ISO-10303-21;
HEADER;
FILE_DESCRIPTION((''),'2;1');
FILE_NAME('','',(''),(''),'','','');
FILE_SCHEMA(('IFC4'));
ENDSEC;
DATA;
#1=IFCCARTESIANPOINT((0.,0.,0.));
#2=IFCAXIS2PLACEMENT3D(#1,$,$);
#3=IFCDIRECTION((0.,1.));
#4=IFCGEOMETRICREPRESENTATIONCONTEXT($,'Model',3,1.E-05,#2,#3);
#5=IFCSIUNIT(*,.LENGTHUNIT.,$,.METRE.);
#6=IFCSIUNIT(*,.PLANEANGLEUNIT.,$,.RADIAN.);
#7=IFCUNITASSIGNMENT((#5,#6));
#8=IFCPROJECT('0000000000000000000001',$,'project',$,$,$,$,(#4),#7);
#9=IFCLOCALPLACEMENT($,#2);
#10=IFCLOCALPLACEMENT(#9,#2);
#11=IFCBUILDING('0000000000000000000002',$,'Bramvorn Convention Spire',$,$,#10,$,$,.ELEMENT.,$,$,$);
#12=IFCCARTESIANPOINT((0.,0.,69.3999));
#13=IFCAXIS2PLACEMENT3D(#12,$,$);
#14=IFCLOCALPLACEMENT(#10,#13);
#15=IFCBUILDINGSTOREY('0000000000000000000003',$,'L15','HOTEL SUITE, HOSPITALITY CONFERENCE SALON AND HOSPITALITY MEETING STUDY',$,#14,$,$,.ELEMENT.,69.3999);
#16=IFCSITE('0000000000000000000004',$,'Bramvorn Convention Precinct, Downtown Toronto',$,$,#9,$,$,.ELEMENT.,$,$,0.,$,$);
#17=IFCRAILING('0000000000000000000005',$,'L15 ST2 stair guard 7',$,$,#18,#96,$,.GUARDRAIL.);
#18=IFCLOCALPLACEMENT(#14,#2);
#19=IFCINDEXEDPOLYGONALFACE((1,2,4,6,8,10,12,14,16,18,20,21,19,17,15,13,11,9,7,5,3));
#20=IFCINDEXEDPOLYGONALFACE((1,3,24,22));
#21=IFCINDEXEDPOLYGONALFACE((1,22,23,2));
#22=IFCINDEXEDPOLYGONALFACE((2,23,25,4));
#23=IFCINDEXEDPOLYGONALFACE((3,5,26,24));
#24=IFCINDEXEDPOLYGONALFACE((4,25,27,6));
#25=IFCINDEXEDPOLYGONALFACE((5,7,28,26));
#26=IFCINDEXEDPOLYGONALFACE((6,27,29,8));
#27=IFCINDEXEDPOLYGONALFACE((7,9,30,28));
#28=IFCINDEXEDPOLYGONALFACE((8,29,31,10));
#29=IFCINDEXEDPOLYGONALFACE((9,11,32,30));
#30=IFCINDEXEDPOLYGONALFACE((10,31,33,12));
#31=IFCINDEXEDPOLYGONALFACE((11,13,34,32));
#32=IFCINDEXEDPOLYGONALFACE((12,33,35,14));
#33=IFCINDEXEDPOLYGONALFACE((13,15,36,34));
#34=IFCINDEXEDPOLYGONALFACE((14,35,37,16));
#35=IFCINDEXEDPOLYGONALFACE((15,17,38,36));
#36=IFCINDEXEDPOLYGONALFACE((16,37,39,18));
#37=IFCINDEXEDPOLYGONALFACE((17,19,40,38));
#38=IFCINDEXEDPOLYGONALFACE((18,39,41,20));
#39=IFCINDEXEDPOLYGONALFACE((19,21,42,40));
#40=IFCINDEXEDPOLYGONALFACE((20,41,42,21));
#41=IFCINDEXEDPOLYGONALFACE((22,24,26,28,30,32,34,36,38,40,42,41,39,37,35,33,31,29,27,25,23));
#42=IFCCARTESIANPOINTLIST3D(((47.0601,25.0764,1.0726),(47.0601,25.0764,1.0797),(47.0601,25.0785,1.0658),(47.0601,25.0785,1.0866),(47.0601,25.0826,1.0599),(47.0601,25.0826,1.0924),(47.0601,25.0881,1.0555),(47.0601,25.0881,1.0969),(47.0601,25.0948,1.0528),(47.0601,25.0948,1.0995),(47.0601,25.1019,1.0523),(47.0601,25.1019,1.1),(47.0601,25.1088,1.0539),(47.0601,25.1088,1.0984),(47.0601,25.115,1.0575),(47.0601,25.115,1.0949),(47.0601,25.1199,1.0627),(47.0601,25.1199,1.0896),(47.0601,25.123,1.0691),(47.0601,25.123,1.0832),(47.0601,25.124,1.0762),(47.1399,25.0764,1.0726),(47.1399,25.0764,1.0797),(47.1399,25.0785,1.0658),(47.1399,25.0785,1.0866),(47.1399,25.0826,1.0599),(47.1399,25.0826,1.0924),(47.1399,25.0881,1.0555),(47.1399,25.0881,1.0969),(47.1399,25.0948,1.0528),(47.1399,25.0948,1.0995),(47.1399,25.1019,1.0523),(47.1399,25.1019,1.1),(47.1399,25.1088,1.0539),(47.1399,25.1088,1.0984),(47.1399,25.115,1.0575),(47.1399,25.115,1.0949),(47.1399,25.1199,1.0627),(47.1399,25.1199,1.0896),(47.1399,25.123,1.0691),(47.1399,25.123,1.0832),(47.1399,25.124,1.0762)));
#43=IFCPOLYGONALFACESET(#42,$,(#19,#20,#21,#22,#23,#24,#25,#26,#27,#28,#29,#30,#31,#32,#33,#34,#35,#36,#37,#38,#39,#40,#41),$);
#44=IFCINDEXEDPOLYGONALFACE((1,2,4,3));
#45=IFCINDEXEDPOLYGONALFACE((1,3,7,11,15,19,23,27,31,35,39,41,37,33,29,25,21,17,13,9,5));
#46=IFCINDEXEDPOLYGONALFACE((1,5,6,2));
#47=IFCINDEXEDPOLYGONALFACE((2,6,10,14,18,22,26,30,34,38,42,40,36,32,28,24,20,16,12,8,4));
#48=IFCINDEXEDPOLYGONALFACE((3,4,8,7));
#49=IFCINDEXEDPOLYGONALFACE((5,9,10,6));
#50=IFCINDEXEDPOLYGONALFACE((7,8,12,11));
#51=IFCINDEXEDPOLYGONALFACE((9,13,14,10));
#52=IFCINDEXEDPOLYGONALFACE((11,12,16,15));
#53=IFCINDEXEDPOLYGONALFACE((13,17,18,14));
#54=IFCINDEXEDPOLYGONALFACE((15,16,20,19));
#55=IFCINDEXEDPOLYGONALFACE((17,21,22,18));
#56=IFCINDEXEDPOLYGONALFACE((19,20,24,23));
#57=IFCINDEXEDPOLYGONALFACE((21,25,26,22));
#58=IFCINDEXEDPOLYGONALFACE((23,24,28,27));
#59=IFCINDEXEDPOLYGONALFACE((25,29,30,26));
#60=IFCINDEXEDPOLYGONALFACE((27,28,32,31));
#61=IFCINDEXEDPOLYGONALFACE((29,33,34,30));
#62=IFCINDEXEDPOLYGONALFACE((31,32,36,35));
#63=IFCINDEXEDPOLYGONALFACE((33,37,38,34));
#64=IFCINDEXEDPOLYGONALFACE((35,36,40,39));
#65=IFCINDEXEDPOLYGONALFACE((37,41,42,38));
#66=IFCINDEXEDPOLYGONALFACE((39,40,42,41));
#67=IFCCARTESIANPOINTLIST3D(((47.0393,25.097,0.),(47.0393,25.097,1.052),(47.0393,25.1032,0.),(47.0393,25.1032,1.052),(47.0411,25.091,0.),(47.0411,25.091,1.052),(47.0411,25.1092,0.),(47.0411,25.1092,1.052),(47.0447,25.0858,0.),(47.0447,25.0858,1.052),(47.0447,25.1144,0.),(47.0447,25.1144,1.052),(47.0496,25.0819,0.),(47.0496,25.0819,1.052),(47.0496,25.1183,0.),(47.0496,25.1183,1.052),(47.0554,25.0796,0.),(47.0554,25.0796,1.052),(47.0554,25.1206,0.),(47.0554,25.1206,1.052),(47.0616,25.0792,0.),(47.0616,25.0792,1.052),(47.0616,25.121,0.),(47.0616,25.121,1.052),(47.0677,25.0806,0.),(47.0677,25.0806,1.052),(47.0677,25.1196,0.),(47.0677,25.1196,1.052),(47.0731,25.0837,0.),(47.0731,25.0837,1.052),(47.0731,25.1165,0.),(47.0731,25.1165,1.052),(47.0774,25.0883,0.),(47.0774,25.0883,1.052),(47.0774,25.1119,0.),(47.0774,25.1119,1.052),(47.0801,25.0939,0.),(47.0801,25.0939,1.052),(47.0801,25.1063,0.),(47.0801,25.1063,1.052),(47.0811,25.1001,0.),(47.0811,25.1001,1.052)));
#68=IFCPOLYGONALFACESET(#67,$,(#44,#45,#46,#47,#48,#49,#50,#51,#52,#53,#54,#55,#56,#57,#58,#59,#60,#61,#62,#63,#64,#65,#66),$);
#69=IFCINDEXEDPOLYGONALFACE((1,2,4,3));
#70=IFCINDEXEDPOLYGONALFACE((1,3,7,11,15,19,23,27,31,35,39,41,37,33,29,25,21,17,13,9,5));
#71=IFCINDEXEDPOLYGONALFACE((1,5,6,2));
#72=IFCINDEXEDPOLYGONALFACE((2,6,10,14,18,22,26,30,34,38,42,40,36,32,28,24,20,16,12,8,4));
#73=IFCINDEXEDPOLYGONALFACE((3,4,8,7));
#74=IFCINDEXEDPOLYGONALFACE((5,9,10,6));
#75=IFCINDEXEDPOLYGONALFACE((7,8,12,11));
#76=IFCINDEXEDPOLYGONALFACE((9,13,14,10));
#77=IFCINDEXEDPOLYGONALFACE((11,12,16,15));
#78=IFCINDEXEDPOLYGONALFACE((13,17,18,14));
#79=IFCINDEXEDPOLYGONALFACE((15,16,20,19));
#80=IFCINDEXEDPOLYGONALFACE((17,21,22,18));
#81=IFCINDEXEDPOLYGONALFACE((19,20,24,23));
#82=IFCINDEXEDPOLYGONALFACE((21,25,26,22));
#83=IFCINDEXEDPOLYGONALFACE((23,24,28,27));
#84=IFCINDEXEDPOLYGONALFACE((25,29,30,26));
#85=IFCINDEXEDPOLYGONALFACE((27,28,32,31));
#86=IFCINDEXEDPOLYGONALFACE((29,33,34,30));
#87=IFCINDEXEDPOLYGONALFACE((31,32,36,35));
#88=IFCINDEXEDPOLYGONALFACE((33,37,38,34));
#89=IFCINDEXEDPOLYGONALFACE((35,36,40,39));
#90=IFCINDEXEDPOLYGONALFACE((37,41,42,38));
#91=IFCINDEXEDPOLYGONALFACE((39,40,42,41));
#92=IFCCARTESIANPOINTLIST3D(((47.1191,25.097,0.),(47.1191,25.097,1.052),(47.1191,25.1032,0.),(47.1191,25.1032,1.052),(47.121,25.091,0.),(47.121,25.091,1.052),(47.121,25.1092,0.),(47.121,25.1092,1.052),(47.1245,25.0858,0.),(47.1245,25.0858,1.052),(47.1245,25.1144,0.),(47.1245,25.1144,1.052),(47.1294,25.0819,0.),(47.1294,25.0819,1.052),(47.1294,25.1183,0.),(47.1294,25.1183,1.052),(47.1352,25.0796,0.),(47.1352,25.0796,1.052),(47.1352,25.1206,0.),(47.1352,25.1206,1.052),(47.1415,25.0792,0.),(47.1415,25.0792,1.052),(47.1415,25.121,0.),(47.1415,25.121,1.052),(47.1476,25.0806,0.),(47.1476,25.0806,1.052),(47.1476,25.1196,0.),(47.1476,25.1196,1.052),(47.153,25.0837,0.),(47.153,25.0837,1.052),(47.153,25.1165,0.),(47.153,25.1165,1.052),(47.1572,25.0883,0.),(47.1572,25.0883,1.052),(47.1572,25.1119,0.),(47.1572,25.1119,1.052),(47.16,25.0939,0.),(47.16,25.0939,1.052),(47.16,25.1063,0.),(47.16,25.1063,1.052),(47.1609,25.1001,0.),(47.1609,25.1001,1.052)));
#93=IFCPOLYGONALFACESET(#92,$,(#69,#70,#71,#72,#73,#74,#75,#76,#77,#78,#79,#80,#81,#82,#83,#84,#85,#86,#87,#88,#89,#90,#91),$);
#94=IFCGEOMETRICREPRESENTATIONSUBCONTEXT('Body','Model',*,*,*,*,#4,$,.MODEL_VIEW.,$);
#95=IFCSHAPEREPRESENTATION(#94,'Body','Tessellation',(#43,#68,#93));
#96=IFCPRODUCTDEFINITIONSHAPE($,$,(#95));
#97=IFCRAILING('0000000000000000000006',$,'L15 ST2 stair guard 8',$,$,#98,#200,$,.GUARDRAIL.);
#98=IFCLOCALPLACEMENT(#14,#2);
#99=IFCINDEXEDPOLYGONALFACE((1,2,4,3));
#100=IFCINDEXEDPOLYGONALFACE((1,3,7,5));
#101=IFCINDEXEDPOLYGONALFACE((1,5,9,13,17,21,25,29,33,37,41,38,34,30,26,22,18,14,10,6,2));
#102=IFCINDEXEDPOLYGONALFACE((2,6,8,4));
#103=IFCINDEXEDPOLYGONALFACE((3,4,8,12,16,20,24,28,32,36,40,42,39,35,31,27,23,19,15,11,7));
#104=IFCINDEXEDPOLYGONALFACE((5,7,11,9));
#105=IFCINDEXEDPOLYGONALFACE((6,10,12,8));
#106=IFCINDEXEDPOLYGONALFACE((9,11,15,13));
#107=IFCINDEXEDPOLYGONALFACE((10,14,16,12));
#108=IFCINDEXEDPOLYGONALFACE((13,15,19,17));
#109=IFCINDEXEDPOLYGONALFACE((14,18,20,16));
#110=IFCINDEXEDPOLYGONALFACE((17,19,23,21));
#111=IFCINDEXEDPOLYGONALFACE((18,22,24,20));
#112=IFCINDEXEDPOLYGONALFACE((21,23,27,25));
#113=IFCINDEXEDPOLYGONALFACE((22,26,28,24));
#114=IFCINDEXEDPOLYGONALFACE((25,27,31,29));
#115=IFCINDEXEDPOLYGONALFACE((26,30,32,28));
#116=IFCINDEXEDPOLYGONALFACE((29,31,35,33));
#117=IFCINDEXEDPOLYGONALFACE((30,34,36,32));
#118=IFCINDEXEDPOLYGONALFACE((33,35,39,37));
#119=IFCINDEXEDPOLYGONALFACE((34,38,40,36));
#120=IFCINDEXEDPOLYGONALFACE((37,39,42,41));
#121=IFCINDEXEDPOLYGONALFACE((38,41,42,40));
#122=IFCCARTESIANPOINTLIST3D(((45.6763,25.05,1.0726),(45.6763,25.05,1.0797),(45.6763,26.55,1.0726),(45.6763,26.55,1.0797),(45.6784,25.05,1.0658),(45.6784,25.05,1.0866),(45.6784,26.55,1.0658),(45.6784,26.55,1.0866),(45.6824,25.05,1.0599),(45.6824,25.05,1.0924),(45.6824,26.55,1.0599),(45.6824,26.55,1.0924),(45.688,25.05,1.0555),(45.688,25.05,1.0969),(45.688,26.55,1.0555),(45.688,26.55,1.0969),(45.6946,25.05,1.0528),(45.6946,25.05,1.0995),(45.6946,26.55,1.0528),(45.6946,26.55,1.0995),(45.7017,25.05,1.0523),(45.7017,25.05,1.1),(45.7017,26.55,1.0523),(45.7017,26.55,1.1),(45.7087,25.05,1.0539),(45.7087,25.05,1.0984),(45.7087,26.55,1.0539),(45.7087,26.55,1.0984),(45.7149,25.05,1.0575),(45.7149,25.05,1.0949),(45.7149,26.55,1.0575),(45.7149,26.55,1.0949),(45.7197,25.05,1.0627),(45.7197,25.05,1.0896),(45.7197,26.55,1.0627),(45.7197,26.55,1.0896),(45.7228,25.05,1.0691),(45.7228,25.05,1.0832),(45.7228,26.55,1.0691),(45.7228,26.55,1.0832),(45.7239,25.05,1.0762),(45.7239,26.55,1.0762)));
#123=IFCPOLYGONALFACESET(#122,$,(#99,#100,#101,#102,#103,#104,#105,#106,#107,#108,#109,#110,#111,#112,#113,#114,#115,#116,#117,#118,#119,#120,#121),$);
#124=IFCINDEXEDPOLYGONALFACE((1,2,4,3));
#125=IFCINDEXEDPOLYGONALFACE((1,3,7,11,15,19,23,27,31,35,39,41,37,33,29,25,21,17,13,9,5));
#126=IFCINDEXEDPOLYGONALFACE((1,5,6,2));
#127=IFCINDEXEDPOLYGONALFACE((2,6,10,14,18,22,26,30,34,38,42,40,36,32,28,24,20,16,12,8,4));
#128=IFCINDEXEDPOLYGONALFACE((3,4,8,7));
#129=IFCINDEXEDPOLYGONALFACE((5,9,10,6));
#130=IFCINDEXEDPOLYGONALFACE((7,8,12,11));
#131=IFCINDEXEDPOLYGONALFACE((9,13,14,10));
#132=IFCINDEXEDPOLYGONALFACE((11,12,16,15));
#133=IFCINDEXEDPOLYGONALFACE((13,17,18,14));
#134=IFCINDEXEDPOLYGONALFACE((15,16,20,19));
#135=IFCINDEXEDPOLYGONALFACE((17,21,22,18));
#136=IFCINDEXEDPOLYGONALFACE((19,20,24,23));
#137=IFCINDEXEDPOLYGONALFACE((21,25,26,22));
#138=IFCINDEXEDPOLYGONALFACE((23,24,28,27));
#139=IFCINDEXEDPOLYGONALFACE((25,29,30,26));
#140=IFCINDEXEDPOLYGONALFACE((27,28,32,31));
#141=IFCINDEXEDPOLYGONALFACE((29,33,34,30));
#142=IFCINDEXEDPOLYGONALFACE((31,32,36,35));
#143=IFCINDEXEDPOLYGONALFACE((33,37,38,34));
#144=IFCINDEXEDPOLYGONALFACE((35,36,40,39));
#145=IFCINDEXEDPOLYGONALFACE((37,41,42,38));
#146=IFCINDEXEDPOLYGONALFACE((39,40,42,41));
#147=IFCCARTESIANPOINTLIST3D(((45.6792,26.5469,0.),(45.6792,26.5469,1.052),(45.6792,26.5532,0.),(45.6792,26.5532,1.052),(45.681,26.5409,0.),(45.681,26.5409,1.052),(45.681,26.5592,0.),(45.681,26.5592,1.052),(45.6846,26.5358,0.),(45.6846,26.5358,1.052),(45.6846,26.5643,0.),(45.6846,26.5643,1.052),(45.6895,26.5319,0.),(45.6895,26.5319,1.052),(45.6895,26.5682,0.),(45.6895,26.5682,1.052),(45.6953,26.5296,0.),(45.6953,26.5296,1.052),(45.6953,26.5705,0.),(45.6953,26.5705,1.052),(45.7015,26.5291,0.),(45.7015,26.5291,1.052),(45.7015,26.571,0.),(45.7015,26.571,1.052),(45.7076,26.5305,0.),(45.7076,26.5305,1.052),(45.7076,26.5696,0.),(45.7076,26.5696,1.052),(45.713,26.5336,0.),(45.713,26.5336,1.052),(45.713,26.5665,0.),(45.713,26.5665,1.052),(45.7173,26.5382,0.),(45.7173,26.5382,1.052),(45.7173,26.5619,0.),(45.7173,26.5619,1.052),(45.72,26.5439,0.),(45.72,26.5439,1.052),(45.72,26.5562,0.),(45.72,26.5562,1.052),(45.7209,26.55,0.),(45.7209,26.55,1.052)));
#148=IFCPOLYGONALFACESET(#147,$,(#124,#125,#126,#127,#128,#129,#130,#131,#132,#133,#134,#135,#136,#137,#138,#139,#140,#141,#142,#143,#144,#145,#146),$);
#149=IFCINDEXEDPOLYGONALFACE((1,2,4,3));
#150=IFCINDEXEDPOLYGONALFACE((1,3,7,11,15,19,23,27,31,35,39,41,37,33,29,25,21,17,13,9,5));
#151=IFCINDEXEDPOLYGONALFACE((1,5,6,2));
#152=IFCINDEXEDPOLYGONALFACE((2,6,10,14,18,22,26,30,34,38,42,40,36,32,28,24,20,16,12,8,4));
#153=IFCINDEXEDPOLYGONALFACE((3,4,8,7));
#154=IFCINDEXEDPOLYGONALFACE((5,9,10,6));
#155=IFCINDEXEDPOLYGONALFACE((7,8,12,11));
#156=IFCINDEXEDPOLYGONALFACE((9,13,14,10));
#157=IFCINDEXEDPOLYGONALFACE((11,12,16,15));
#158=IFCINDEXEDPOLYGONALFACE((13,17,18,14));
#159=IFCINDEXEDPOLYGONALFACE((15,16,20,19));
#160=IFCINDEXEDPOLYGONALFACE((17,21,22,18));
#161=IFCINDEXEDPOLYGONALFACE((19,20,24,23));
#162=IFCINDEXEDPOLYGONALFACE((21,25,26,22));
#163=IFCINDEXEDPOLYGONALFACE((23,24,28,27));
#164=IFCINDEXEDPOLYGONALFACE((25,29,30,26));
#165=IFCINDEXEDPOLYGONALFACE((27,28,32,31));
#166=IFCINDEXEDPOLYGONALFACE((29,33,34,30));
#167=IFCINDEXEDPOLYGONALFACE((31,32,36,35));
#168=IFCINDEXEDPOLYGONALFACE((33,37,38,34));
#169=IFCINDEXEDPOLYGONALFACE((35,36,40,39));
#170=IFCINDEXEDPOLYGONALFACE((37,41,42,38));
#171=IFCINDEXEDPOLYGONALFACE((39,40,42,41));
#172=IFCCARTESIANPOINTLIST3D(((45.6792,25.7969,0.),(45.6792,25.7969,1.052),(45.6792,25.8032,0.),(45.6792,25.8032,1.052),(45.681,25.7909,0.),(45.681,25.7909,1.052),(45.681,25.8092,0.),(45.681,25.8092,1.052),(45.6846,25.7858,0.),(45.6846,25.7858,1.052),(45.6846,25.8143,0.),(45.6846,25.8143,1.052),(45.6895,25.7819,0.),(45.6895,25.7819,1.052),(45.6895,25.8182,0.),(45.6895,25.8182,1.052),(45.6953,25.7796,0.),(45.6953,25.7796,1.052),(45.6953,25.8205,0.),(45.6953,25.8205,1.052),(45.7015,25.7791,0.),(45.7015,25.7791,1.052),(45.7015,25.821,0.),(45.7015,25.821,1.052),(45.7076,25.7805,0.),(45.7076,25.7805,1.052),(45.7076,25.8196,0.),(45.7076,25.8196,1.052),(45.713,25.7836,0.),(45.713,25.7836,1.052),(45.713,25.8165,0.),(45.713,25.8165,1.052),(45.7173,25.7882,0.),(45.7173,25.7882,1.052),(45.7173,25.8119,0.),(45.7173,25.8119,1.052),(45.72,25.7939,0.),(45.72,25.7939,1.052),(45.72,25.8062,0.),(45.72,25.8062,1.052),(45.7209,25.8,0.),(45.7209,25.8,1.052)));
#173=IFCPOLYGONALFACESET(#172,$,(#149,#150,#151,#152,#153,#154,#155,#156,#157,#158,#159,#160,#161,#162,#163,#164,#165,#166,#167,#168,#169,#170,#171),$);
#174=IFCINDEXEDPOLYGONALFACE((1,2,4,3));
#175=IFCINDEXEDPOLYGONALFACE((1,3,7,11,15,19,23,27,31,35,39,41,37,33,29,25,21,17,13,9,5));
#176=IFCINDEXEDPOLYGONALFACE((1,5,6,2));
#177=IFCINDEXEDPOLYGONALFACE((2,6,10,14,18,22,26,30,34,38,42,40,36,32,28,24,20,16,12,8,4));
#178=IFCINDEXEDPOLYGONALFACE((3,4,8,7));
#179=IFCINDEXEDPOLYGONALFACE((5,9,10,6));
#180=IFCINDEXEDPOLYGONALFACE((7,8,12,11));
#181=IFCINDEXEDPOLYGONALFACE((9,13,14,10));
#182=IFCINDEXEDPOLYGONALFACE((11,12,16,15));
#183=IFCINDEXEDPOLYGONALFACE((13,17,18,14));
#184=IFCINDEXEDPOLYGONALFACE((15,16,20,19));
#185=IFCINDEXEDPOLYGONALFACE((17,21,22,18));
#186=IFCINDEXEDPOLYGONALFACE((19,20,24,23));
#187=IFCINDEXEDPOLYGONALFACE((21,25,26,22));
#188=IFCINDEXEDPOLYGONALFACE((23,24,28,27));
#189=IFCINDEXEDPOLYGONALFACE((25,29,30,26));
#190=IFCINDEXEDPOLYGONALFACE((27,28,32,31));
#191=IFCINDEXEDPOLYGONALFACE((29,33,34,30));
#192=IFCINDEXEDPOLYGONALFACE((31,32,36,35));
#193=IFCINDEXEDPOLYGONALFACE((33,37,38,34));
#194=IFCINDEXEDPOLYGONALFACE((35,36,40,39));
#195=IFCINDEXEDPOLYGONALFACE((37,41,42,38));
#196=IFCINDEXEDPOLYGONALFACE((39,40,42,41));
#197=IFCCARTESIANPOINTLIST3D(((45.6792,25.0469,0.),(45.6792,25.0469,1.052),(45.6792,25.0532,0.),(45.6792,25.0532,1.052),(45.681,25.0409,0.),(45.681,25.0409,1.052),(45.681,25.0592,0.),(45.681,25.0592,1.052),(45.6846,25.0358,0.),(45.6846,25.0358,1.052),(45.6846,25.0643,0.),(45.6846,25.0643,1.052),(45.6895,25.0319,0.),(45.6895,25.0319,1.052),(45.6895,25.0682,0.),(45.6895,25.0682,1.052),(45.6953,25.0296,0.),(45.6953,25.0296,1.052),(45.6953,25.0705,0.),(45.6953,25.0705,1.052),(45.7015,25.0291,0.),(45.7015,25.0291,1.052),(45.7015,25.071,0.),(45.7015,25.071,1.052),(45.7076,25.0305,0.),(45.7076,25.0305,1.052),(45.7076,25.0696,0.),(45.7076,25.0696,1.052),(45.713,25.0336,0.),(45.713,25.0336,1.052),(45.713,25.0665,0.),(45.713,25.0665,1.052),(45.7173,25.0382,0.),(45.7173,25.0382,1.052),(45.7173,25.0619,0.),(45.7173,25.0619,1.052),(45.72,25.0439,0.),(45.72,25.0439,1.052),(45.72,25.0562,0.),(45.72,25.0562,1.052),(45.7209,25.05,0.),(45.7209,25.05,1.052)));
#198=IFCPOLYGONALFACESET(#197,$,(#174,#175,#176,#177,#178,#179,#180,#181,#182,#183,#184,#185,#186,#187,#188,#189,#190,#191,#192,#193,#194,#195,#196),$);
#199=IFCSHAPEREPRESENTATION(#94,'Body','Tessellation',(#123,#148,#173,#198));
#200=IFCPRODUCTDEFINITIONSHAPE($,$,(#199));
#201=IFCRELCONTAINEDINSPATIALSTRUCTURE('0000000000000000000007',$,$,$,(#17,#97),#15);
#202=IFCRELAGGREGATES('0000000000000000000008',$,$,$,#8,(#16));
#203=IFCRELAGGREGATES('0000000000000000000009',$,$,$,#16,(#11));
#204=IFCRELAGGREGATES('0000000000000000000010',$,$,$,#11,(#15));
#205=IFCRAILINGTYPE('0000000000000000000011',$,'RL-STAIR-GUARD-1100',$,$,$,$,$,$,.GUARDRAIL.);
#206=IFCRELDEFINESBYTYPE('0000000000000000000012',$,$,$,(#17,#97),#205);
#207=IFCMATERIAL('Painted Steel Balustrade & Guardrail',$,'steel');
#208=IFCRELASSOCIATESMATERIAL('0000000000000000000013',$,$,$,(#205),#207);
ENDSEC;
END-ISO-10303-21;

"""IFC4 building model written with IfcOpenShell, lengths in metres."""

from ifc_helpers import new_model, si_unit, direction, frame, origin, origin_2d, place, context, subcontext, project, spatial, circle, extrude, material, type_object, element, save


model = new_model("IFC4")

# Units and contexts
model_context = context("Model", 3, precision=1e-05, world=origin(), true_north=direction((0.0, 1.0)))
body_context = subcontext(model_context, "Body", "Model", "MODEL_VIEW")
ifc_project = project(units=[si_unit("LENGTHUNIT", "METRE"), si_unit("PLANEANGLEUNIT", "RADIAN")], contexts=[model_context])

# Site, building, storey
site_placement = place(None, origin())
site = spatial("IfcSite", under=ifc_project, at=site_placement, Name="Bramvorn Convention Precinct, Downtown Toronto", CompositionType="ELEMENT", RefElevation=0.0)
building_placement = place(site_placement, origin())
building = spatial("IfcBuilding", under=site, at=building_placement, Name="Bramvorn Convention Spire", CompositionType="ELEMENT")
storey_placement = place(building_placement, frame((0.0, 0.0, 69.3999)))
storey = spatial("IfcBuildingStorey", under=building, at=storey_placement, Name="L15", Description="HOTEL SUITE, HOSPITALITY CONFERENCE SALON AND HOSPITALITY MEETING STUDY", CompositionType="ELEMENT", Elevation=69.3999)

# Railings
ifc_material_1 = material(Name="Painted Steel Balustrade & Guardrail", Category="steel")
railing_type_1 = type_object("IfcRailingType", Name="RL-STAIR-GUARD-1100", PredefinedType="GUARDRAIL", material=ifc_material_1)
railing_1_placement = place(storey_placement, frame((47.0601, 25.1001, 0.0)))
element("IfcRailing", 1, at=railing_1_placement, inside=storey, type_object=railing_type_1, Name="L15 ST2 stair guard 7", PredefinedType="GUARDRAIL", context=body_context, shape_type="SweptSolid", body=[
    extrude(circle(Radius=0.0239, at=origin_2d()), frame((0.0, 0.0, 1.0762), z_axis=(1.0, 0.0, 0.0), x_axis=(0.0, 1.0, 0.0)), (0.0, 0.0, 1.0), 0.0798),
    extrude(circle(Radius=0.021, at=origin_2d()), origin(), (0.0, 0.0, 1.0), 1.052),
    extrude(circle(Radius=0.021, at=origin_2d()), frame((0.0798, 0.0, 0.0)), (0.0, 0.0, 1.0), 1.052),
])
railing_2_placement = place(storey_placement, frame((45.7, 26.55, 0.0)))
element("IfcRailing", 2, at=railing_2_placement, inside=storey, type_object=railing_type_1, Name="L15 ST2 stair guard 8", PredefinedType="GUARDRAIL", context=body_context, shape_type="SweptSolid", body=[
    extrude(circle(Radius=0.0239, at=origin_2d()), frame((0.0, 0.0, 1.0762), z_axis=(0.0, -1.0, 0.0), x_axis=(1.0, 0.0, 0.0)), (0.0, 0.0, 1.0), 1.5),
    extrude(circle(Radius=0.021, at=origin_2d()), origin(), (0.0, 0.0, 1.0), 1.052),
    extrude(circle(Radius=0.021, at=origin_2d()), frame((0.0, -0.75, 0.0)), (0.0, 0.0, 1.0), 1.052),
    extrude(circle(Radius=0.021, at=origin_2d()), frame((0.0, -1.5, 0.0)), (0.0, 0.0, 1.0), 1.052),
])

save(model, "model.ifc")
